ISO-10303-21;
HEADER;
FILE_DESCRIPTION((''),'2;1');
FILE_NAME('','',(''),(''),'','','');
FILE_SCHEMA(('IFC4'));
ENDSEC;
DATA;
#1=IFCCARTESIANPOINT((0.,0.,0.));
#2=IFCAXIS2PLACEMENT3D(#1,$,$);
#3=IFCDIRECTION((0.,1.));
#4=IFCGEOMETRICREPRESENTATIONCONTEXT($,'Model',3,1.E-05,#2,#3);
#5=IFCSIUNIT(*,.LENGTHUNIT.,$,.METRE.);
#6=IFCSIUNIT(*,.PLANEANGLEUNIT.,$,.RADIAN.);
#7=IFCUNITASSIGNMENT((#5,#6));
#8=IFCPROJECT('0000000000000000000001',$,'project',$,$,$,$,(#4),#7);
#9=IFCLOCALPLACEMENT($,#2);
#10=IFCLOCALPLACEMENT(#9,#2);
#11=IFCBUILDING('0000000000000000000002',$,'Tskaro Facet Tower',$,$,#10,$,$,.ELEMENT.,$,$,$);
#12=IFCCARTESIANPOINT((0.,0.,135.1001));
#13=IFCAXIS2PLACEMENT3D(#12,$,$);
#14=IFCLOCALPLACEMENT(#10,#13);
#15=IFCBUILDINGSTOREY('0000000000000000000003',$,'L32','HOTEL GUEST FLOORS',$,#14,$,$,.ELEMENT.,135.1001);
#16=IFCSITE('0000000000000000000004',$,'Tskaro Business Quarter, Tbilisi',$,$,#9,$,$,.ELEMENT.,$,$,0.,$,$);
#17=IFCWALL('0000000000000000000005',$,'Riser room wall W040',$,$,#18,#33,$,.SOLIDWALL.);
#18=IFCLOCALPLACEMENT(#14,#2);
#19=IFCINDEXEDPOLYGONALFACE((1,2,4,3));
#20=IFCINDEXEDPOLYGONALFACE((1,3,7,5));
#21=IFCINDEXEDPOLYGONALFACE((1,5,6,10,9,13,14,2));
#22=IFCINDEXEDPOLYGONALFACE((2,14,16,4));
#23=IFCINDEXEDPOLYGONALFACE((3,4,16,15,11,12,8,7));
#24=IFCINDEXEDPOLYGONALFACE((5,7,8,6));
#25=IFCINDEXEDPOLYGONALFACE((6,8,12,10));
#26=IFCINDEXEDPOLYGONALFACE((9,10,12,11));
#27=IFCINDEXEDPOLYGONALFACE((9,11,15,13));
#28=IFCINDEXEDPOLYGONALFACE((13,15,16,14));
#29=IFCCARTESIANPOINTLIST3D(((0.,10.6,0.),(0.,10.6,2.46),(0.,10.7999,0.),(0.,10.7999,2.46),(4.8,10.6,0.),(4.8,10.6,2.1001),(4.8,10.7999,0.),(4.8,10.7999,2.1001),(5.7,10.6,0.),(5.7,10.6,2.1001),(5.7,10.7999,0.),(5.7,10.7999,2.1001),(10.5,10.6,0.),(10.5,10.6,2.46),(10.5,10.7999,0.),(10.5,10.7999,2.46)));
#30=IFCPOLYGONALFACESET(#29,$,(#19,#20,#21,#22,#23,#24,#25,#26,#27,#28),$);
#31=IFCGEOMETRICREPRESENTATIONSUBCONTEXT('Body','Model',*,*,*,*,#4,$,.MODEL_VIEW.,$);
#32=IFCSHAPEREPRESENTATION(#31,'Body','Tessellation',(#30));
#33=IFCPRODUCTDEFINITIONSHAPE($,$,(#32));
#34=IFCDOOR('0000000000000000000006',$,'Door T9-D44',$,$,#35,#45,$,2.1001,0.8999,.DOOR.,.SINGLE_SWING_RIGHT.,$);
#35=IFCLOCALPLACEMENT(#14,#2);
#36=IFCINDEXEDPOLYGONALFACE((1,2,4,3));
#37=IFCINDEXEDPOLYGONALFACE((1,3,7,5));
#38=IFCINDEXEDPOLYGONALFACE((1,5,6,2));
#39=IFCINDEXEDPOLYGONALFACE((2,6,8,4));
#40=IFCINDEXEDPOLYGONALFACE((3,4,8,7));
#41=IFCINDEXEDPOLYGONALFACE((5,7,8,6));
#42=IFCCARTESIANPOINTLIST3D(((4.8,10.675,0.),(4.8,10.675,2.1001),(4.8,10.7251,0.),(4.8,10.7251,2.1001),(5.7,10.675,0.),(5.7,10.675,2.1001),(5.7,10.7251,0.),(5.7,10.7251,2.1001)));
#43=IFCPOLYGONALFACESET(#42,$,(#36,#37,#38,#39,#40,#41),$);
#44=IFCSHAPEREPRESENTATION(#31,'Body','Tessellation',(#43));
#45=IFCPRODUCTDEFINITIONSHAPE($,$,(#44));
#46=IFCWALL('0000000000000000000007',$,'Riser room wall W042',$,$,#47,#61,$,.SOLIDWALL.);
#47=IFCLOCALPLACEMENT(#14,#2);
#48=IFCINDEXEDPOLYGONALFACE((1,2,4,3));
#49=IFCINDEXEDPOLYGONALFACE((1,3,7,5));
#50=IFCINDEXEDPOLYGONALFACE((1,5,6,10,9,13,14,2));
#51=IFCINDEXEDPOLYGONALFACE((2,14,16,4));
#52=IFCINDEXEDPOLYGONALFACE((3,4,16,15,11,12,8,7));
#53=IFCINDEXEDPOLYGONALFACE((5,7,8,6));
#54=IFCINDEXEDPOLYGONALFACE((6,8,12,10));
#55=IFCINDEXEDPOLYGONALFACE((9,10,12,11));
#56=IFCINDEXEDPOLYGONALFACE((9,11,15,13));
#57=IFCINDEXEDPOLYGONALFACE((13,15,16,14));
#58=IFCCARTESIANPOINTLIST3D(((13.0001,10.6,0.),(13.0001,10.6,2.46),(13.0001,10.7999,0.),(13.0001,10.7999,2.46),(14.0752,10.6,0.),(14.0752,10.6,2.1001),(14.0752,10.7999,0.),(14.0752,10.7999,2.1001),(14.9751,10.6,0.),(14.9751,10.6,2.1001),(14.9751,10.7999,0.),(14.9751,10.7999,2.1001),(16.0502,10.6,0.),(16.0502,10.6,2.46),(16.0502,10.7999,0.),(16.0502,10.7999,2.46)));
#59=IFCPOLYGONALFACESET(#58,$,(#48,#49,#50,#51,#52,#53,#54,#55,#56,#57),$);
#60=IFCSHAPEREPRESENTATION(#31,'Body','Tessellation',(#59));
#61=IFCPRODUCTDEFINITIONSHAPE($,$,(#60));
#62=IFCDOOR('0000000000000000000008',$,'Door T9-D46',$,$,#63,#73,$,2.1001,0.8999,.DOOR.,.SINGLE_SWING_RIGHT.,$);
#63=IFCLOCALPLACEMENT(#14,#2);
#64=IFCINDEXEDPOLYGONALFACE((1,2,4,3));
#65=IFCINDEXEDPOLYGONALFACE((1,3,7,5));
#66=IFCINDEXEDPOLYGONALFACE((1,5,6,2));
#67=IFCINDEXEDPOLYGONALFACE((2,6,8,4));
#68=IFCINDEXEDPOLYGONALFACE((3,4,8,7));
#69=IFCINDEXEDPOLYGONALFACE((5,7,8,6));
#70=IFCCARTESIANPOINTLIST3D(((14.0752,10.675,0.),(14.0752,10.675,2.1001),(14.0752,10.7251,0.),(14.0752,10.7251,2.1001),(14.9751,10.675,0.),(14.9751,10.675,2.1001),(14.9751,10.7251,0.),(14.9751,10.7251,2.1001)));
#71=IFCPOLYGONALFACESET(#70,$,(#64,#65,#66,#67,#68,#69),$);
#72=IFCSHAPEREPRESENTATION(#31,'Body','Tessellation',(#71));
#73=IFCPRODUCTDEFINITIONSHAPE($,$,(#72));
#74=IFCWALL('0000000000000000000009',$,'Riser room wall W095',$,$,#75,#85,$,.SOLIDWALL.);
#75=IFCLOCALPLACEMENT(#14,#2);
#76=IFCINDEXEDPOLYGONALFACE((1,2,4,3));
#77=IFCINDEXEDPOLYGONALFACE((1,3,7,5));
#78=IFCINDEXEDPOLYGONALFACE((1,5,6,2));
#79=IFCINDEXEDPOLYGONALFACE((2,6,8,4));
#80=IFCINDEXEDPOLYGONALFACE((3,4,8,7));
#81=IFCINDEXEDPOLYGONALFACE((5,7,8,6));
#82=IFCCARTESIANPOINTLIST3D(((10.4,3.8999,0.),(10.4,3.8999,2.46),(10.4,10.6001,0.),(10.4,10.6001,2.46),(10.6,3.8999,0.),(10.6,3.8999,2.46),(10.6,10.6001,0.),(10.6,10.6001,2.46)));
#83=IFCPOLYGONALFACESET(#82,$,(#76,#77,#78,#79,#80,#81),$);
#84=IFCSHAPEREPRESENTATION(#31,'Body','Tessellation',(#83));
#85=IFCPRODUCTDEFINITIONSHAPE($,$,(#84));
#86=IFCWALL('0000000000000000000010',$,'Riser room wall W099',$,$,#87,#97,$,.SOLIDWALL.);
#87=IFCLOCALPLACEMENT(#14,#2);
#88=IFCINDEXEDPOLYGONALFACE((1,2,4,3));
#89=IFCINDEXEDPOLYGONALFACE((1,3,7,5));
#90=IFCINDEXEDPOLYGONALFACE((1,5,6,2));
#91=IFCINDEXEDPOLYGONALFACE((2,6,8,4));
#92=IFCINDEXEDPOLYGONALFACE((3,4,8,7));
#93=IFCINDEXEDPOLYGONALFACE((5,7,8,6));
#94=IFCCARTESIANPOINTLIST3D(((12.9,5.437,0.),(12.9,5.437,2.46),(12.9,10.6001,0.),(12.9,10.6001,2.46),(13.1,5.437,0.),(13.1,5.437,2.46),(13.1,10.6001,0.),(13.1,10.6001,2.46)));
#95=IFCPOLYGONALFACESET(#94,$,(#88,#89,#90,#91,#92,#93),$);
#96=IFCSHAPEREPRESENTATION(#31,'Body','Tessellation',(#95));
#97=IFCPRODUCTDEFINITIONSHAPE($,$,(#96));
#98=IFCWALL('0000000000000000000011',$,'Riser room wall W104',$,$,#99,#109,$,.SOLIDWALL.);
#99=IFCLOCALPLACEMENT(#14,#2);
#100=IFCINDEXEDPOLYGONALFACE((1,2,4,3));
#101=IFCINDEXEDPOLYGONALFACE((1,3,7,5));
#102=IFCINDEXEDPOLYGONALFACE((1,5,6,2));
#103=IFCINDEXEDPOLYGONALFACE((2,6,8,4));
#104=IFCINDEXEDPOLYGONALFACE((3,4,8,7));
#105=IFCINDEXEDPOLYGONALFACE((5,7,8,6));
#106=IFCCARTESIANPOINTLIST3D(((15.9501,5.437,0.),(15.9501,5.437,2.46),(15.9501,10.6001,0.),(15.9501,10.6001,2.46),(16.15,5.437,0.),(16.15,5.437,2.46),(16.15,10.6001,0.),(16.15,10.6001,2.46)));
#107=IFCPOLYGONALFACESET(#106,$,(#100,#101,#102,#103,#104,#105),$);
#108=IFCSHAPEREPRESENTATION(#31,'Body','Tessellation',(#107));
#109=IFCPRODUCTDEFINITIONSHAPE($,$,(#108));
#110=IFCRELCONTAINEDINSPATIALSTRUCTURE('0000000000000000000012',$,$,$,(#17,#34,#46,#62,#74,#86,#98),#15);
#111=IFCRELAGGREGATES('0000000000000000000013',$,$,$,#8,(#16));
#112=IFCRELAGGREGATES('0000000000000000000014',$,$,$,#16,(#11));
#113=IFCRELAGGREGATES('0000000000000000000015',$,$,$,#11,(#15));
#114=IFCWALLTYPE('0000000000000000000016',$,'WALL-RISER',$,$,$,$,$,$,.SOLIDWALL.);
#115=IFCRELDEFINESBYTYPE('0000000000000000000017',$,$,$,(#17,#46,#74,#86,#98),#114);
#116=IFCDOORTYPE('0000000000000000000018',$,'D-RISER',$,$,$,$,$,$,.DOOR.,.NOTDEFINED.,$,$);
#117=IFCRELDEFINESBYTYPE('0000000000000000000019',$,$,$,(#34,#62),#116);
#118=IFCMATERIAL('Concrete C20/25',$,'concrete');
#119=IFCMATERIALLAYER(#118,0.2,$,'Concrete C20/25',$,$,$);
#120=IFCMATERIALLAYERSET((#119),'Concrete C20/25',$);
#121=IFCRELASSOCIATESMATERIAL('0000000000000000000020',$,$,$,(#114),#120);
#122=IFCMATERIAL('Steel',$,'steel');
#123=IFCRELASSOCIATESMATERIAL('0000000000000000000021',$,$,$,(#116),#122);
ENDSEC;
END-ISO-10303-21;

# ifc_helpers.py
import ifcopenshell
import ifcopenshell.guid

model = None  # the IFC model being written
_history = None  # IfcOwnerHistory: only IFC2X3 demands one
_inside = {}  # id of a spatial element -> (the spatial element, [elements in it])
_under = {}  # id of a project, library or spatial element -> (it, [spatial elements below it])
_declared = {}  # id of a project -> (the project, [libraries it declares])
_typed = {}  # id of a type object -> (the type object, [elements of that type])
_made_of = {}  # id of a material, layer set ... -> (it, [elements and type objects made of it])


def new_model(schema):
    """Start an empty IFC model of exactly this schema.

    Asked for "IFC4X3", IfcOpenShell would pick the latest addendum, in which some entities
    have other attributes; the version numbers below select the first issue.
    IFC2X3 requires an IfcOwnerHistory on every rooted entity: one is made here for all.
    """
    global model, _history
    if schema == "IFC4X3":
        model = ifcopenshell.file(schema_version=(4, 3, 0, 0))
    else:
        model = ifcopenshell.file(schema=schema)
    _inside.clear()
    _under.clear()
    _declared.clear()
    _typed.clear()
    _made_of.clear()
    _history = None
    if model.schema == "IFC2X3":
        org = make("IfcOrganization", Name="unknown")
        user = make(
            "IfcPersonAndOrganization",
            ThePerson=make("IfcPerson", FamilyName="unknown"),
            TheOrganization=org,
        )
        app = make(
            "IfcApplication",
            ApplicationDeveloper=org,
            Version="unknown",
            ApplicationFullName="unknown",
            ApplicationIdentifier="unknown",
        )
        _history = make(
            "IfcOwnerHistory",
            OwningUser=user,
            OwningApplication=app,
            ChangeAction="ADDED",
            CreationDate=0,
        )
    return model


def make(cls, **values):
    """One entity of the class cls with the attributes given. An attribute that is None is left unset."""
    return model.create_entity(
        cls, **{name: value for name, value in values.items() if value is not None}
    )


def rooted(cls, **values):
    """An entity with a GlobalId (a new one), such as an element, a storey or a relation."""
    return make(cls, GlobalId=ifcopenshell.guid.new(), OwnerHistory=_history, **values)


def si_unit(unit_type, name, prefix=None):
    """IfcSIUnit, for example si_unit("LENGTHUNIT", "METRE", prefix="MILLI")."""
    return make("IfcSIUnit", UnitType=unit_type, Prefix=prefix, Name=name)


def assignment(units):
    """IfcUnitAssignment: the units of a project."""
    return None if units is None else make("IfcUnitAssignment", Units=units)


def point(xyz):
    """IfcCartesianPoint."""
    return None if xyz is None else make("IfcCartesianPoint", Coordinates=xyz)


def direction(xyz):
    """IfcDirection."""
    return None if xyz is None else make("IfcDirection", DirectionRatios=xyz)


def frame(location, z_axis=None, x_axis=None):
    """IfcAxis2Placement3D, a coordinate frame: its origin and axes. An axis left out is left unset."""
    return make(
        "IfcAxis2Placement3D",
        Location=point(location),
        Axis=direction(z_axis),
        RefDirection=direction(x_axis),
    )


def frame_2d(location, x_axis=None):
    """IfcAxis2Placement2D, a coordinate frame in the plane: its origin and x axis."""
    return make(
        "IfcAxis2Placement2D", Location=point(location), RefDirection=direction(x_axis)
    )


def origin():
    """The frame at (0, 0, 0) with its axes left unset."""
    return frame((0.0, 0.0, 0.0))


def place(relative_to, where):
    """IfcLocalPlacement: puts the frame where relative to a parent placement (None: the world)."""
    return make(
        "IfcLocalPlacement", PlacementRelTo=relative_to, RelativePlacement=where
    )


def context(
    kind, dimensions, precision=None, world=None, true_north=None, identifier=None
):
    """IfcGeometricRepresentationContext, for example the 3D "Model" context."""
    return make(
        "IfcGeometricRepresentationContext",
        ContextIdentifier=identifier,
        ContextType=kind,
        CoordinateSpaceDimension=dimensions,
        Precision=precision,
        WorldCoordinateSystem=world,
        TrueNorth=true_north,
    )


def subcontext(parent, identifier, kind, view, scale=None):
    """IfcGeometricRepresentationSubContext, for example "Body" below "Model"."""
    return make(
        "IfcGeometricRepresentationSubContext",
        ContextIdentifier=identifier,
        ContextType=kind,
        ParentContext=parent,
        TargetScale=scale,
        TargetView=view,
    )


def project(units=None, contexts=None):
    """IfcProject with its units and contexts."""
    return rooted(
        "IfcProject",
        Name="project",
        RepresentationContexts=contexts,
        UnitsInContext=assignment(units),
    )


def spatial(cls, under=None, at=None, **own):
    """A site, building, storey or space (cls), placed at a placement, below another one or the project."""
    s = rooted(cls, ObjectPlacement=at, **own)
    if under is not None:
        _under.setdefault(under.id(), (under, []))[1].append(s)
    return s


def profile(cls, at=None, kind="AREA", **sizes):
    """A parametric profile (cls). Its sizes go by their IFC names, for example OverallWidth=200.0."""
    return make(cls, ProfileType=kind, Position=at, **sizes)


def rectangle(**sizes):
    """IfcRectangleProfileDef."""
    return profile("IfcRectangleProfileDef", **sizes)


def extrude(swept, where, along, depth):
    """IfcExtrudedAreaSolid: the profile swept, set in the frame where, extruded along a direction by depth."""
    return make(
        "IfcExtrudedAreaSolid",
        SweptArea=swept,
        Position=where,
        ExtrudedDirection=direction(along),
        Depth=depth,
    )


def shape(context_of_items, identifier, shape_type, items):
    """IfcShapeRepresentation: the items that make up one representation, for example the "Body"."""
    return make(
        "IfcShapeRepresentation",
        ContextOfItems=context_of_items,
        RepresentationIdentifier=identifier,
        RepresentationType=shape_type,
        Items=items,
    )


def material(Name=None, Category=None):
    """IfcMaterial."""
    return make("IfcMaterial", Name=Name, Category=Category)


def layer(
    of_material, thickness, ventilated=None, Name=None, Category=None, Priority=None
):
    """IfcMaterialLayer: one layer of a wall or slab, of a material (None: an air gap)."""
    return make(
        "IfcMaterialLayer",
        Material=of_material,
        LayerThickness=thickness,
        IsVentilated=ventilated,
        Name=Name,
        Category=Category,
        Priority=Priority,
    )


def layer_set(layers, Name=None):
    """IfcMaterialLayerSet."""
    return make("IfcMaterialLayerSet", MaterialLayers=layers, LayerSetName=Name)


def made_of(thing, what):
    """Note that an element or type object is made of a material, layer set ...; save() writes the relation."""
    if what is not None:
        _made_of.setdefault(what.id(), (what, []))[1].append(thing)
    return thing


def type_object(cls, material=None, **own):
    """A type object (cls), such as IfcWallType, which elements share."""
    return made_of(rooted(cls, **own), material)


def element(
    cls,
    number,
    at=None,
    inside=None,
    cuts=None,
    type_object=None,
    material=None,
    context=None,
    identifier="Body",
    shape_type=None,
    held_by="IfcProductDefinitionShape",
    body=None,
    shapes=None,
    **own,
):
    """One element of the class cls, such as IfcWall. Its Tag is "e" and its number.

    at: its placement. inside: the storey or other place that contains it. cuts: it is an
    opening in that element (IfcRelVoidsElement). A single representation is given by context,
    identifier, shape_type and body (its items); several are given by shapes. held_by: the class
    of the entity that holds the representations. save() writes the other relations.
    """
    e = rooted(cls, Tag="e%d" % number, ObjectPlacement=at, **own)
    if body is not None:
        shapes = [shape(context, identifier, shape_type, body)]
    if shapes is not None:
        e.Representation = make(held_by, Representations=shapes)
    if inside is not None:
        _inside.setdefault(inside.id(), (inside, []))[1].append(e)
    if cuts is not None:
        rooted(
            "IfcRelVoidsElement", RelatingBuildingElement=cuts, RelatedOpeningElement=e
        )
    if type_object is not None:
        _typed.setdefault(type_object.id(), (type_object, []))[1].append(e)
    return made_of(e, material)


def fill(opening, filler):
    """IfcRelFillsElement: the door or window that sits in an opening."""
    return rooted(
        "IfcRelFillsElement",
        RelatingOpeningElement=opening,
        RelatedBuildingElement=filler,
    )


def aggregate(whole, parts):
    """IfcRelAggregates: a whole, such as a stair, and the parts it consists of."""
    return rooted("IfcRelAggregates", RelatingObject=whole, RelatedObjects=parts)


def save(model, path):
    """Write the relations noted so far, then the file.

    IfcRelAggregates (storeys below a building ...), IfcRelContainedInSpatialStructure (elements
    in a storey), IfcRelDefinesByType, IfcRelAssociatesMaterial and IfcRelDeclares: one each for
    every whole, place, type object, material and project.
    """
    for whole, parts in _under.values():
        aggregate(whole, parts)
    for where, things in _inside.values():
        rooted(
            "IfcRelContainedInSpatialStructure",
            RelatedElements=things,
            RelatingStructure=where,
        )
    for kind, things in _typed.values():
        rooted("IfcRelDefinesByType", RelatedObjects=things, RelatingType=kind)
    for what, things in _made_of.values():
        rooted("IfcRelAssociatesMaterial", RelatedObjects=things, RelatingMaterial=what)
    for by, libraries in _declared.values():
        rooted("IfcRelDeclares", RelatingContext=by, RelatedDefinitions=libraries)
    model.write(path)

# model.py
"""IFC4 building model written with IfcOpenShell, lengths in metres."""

from ifc_helpers import new_model, si_unit, direction, frame, frame_2d, origin, place, context, subcontext, project, spatial, rectangle, extrude, material, layer, layer_set, type_object, element, fill, save


model = new_model("IFC4")

# Units and contexts
model_context = context("Model", 3, precision=1e-05, world=origin(), true_north=direction((0.0, 1.0)))
body_context = subcontext(model_context, "Body", "Model", "MODEL_VIEW")
ifc_project = project(units=[si_unit("LENGTHUNIT", "METRE"), si_unit("PLANEANGLEUNIT", "RADIAN")], contexts=[model_context])

# Site, building, storey
site_placement = place(None, origin())
site = spatial("IfcSite", under=ifc_project, at=site_placement, Name="Tskaro Business Quarter, Tbilisi", CompositionType="ELEMENT", RefElevation=0.0)
building_placement = place(site_placement, origin())
building = spatial("IfcBuilding", under=site, at=building_placement, Name="Tskaro Facet Tower", CompositionType="ELEMENT")
storey_placement = place(building_placement, frame((0.0, 0.0, 135.1001)))
storey = spatial("IfcBuildingStorey", under=building, at=storey_placement, Name="L32", Description="HOTEL GUEST FLOORS", CompositionType="ELEMENT", Elevation=135.1001)

# Shared definitions
ifc_material_1 = material(Name="Concrete C20/25", Category="concrete")
ifc_layer_1 = layer(ifc_material_1, 0.2, Name="Concrete C20/25")
ifc_layer_set_1 = layer_set([ifc_layer_1], Name="Concrete C20/25")
wall_type_1 = type_object("IfcWallType", Name="WALL-RISER", PredefinedType="SOLIDWALL", material=ifc_layer_set_1)

# Walls, openings, doors
wall_1_placement = place(storey_placement, frame((10.5, 10.7, 0.0), z_axis=(0.0, 0.0, 1.0), x_axis=(-1.0, 0.0, 0.0)))
wall_1 = element("IfcWall", 1, at=wall_1_placement, inside=storey, type_object=wall_type_1, Name="Riser room wall W040", PredefinedType="SOLIDWALL", context=body_context, shape_type="SweptSolid", body=[
    extrude(rectangle(XDim=10.5, YDim=0.2, at=frame_2d((5.25, 0.0))), origin(), (0.0, 0.0, 1.0), 2.46),
])
opening_1_placement = place(wall_1_placement, frame((4.8, 0.0, 0.0)))
opening_1 = element("IfcOpeningElement", 2, at=opening_1_placement, cuts=wall_1, PredefinedType="OPENING", context=body_context, shape_type="SweptSolid", body=[
    extrude(rectangle(XDim=0.8999, YDim=2.1001, at=frame_2d((0.45, 1.05))), frame((0.0, 0.1099, 0.0), z_axis=(0.0, -1.0, 0.0), x_axis=(1.0, 0.0, 0.0)), (0.0, 0.0, 1.0), 0.22),
])
ifc_material_2 = material(Name="Steel", Category="steel")
door_type_1 = type_object("IfcDoorType", Name="D-RISER", OperationType="NOTDEFINED", PredefinedType="DOOR", material=ifc_material_2)
door_1_placement = place(opening_1_placement, origin())
door_1 = element("IfcDoor", 3, at=door_1_placement, inside=storey, type_object=door_type_1, Name="Door T9-D44", OperationType="SINGLE_SWING_RIGHT", OverallHeight=2.1001, OverallWidth=0.8999, PredefinedType="DOOR", context=body_context, shape_type="SweptSolid", body=[
    extrude(rectangle(XDim=0.8999, YDim=2.1001, at=frame_2d((0.45, 1.05))), frame((0.0, 0.0249, 0.0), z_axis=(0.0, -1.0, 0.0), x_axis=(1.0, 0.0, 0.0)), (0.0, 0.0, 1.0), 0.05),
])
fill(opening_1, door_1)
wall_2_placement = place(storey_placement, frame((16.05, 10.7, 0.0), z_axis=(0.0, 0.0, 1.0), x_axis=(-1.0, 0.0, 0.0)))
wall_2 = element("IfcWall", 4, at=wall_2_placement, inside=storey, type_object=wall_type_1, Name="Riser room wall W042", PredefinedType="SOLIDWALL", context=body_context, shape_type="SweptSolid", body=[
    extrude(rectangle(XDim=3.05, YDim=0.2, at=frame_2d((1.5249, 0.0))), origin(), (0.0, 0.0, 1.0), 2.46),
])
opening_2_placement = place(wall_2_placement, frame((1.075, 0.0, 0.0)))
opening_2 = element("IfcOpeningElement", 5, at=opening_2_placement, cuts=wall_2, PredefinedType="OPENING", context=body_context, shape_type="SweptSolid", body=[
    extrude(rectangle(XDim=0.8999, YDim=2.1001, at=frame_2d((0.45, 1.05))), frame((0.0, 0.1099, 0.0), z_axis=(0.0, -1.0, 0.0), x_axis=(1.0, 0.0, 0.0)), (0.0, 0.0, 1.0), 0.22),
])
door_2_placement = place(opening_2_placement, origin())
door_2 = element("IfcDoor", 6, at=door_2_placement, inside=storey, type_object=door_type_1, Name="Door T9-D46", OperationType="SINGLE_SWING_RIGHT", OverallHeight=2.1001, OverallWidth=0.8999, PredefinedType="DOOR", context=body_context, shape_type="SweptSolid", body=[
    extrude(rectangle(XDim=0.8999, YDim=2.1001, at=frame_2d((0.45, 1.05))), frame((0.0, 0.0249, 0.0), z_axis=(0.0, -1.0, 0.0), x_axis=(1.0, 0.0, 0.0)), (0.0, 0.0, 1.0), 0.05),
])
fill(opening_2, door_2)

# Walls
wall_3_placement = place(storey_placement, frame((10.5, 3.8999, 0.0), z_axis=(0.0, 0.0, 1.0), x_axis=(0.0, 1.0, 0.0)))
element("IfcWall", 7, at=wall_3_placement, inside=storey, type_object=wall_type_1, Name="Riser room wall W095", PredefinedType="SOLIDWALL", context=body_context, shape_type="SweptSolid", body=[
    extrude(rectangle(XDim=6.7002, YDim=0.2, at=frame_2d((3.3501, 0.0))), origin(), (0.0, 0.0, 1.0), 2.46),
])
for number, where, z_axis, x_axis, name in (
    (8, (13.0, 5.437, 0.0), (0.0, 0.0, 1.0), (0.0, 1.0, 0.0), "Riser room wall W099"),
    (9, (16.05, 5.437, 0.0), (0.0, 0.0, 1.0), (0.0, 1.0, 0.0), "Riser room wall W104"),
):
    element("IfcWall", number, at=place(storey_placement, frame(where, z_axis=z_axis, x_axis=x_axis)), inside=storey, type_object=wall_type_1, Name=name, PredefinedType="SOLIDWALL", context=body_context, shape_type="SweptSolid", body=[
        extrude(rectangle(XDim=5.1631, YDim=0.2, at=frame_2d((2.5815, 0.0))), origin(), (0.0, 0.0, 1.0), 2.46),
    ])

save(model, "model.ifc")
